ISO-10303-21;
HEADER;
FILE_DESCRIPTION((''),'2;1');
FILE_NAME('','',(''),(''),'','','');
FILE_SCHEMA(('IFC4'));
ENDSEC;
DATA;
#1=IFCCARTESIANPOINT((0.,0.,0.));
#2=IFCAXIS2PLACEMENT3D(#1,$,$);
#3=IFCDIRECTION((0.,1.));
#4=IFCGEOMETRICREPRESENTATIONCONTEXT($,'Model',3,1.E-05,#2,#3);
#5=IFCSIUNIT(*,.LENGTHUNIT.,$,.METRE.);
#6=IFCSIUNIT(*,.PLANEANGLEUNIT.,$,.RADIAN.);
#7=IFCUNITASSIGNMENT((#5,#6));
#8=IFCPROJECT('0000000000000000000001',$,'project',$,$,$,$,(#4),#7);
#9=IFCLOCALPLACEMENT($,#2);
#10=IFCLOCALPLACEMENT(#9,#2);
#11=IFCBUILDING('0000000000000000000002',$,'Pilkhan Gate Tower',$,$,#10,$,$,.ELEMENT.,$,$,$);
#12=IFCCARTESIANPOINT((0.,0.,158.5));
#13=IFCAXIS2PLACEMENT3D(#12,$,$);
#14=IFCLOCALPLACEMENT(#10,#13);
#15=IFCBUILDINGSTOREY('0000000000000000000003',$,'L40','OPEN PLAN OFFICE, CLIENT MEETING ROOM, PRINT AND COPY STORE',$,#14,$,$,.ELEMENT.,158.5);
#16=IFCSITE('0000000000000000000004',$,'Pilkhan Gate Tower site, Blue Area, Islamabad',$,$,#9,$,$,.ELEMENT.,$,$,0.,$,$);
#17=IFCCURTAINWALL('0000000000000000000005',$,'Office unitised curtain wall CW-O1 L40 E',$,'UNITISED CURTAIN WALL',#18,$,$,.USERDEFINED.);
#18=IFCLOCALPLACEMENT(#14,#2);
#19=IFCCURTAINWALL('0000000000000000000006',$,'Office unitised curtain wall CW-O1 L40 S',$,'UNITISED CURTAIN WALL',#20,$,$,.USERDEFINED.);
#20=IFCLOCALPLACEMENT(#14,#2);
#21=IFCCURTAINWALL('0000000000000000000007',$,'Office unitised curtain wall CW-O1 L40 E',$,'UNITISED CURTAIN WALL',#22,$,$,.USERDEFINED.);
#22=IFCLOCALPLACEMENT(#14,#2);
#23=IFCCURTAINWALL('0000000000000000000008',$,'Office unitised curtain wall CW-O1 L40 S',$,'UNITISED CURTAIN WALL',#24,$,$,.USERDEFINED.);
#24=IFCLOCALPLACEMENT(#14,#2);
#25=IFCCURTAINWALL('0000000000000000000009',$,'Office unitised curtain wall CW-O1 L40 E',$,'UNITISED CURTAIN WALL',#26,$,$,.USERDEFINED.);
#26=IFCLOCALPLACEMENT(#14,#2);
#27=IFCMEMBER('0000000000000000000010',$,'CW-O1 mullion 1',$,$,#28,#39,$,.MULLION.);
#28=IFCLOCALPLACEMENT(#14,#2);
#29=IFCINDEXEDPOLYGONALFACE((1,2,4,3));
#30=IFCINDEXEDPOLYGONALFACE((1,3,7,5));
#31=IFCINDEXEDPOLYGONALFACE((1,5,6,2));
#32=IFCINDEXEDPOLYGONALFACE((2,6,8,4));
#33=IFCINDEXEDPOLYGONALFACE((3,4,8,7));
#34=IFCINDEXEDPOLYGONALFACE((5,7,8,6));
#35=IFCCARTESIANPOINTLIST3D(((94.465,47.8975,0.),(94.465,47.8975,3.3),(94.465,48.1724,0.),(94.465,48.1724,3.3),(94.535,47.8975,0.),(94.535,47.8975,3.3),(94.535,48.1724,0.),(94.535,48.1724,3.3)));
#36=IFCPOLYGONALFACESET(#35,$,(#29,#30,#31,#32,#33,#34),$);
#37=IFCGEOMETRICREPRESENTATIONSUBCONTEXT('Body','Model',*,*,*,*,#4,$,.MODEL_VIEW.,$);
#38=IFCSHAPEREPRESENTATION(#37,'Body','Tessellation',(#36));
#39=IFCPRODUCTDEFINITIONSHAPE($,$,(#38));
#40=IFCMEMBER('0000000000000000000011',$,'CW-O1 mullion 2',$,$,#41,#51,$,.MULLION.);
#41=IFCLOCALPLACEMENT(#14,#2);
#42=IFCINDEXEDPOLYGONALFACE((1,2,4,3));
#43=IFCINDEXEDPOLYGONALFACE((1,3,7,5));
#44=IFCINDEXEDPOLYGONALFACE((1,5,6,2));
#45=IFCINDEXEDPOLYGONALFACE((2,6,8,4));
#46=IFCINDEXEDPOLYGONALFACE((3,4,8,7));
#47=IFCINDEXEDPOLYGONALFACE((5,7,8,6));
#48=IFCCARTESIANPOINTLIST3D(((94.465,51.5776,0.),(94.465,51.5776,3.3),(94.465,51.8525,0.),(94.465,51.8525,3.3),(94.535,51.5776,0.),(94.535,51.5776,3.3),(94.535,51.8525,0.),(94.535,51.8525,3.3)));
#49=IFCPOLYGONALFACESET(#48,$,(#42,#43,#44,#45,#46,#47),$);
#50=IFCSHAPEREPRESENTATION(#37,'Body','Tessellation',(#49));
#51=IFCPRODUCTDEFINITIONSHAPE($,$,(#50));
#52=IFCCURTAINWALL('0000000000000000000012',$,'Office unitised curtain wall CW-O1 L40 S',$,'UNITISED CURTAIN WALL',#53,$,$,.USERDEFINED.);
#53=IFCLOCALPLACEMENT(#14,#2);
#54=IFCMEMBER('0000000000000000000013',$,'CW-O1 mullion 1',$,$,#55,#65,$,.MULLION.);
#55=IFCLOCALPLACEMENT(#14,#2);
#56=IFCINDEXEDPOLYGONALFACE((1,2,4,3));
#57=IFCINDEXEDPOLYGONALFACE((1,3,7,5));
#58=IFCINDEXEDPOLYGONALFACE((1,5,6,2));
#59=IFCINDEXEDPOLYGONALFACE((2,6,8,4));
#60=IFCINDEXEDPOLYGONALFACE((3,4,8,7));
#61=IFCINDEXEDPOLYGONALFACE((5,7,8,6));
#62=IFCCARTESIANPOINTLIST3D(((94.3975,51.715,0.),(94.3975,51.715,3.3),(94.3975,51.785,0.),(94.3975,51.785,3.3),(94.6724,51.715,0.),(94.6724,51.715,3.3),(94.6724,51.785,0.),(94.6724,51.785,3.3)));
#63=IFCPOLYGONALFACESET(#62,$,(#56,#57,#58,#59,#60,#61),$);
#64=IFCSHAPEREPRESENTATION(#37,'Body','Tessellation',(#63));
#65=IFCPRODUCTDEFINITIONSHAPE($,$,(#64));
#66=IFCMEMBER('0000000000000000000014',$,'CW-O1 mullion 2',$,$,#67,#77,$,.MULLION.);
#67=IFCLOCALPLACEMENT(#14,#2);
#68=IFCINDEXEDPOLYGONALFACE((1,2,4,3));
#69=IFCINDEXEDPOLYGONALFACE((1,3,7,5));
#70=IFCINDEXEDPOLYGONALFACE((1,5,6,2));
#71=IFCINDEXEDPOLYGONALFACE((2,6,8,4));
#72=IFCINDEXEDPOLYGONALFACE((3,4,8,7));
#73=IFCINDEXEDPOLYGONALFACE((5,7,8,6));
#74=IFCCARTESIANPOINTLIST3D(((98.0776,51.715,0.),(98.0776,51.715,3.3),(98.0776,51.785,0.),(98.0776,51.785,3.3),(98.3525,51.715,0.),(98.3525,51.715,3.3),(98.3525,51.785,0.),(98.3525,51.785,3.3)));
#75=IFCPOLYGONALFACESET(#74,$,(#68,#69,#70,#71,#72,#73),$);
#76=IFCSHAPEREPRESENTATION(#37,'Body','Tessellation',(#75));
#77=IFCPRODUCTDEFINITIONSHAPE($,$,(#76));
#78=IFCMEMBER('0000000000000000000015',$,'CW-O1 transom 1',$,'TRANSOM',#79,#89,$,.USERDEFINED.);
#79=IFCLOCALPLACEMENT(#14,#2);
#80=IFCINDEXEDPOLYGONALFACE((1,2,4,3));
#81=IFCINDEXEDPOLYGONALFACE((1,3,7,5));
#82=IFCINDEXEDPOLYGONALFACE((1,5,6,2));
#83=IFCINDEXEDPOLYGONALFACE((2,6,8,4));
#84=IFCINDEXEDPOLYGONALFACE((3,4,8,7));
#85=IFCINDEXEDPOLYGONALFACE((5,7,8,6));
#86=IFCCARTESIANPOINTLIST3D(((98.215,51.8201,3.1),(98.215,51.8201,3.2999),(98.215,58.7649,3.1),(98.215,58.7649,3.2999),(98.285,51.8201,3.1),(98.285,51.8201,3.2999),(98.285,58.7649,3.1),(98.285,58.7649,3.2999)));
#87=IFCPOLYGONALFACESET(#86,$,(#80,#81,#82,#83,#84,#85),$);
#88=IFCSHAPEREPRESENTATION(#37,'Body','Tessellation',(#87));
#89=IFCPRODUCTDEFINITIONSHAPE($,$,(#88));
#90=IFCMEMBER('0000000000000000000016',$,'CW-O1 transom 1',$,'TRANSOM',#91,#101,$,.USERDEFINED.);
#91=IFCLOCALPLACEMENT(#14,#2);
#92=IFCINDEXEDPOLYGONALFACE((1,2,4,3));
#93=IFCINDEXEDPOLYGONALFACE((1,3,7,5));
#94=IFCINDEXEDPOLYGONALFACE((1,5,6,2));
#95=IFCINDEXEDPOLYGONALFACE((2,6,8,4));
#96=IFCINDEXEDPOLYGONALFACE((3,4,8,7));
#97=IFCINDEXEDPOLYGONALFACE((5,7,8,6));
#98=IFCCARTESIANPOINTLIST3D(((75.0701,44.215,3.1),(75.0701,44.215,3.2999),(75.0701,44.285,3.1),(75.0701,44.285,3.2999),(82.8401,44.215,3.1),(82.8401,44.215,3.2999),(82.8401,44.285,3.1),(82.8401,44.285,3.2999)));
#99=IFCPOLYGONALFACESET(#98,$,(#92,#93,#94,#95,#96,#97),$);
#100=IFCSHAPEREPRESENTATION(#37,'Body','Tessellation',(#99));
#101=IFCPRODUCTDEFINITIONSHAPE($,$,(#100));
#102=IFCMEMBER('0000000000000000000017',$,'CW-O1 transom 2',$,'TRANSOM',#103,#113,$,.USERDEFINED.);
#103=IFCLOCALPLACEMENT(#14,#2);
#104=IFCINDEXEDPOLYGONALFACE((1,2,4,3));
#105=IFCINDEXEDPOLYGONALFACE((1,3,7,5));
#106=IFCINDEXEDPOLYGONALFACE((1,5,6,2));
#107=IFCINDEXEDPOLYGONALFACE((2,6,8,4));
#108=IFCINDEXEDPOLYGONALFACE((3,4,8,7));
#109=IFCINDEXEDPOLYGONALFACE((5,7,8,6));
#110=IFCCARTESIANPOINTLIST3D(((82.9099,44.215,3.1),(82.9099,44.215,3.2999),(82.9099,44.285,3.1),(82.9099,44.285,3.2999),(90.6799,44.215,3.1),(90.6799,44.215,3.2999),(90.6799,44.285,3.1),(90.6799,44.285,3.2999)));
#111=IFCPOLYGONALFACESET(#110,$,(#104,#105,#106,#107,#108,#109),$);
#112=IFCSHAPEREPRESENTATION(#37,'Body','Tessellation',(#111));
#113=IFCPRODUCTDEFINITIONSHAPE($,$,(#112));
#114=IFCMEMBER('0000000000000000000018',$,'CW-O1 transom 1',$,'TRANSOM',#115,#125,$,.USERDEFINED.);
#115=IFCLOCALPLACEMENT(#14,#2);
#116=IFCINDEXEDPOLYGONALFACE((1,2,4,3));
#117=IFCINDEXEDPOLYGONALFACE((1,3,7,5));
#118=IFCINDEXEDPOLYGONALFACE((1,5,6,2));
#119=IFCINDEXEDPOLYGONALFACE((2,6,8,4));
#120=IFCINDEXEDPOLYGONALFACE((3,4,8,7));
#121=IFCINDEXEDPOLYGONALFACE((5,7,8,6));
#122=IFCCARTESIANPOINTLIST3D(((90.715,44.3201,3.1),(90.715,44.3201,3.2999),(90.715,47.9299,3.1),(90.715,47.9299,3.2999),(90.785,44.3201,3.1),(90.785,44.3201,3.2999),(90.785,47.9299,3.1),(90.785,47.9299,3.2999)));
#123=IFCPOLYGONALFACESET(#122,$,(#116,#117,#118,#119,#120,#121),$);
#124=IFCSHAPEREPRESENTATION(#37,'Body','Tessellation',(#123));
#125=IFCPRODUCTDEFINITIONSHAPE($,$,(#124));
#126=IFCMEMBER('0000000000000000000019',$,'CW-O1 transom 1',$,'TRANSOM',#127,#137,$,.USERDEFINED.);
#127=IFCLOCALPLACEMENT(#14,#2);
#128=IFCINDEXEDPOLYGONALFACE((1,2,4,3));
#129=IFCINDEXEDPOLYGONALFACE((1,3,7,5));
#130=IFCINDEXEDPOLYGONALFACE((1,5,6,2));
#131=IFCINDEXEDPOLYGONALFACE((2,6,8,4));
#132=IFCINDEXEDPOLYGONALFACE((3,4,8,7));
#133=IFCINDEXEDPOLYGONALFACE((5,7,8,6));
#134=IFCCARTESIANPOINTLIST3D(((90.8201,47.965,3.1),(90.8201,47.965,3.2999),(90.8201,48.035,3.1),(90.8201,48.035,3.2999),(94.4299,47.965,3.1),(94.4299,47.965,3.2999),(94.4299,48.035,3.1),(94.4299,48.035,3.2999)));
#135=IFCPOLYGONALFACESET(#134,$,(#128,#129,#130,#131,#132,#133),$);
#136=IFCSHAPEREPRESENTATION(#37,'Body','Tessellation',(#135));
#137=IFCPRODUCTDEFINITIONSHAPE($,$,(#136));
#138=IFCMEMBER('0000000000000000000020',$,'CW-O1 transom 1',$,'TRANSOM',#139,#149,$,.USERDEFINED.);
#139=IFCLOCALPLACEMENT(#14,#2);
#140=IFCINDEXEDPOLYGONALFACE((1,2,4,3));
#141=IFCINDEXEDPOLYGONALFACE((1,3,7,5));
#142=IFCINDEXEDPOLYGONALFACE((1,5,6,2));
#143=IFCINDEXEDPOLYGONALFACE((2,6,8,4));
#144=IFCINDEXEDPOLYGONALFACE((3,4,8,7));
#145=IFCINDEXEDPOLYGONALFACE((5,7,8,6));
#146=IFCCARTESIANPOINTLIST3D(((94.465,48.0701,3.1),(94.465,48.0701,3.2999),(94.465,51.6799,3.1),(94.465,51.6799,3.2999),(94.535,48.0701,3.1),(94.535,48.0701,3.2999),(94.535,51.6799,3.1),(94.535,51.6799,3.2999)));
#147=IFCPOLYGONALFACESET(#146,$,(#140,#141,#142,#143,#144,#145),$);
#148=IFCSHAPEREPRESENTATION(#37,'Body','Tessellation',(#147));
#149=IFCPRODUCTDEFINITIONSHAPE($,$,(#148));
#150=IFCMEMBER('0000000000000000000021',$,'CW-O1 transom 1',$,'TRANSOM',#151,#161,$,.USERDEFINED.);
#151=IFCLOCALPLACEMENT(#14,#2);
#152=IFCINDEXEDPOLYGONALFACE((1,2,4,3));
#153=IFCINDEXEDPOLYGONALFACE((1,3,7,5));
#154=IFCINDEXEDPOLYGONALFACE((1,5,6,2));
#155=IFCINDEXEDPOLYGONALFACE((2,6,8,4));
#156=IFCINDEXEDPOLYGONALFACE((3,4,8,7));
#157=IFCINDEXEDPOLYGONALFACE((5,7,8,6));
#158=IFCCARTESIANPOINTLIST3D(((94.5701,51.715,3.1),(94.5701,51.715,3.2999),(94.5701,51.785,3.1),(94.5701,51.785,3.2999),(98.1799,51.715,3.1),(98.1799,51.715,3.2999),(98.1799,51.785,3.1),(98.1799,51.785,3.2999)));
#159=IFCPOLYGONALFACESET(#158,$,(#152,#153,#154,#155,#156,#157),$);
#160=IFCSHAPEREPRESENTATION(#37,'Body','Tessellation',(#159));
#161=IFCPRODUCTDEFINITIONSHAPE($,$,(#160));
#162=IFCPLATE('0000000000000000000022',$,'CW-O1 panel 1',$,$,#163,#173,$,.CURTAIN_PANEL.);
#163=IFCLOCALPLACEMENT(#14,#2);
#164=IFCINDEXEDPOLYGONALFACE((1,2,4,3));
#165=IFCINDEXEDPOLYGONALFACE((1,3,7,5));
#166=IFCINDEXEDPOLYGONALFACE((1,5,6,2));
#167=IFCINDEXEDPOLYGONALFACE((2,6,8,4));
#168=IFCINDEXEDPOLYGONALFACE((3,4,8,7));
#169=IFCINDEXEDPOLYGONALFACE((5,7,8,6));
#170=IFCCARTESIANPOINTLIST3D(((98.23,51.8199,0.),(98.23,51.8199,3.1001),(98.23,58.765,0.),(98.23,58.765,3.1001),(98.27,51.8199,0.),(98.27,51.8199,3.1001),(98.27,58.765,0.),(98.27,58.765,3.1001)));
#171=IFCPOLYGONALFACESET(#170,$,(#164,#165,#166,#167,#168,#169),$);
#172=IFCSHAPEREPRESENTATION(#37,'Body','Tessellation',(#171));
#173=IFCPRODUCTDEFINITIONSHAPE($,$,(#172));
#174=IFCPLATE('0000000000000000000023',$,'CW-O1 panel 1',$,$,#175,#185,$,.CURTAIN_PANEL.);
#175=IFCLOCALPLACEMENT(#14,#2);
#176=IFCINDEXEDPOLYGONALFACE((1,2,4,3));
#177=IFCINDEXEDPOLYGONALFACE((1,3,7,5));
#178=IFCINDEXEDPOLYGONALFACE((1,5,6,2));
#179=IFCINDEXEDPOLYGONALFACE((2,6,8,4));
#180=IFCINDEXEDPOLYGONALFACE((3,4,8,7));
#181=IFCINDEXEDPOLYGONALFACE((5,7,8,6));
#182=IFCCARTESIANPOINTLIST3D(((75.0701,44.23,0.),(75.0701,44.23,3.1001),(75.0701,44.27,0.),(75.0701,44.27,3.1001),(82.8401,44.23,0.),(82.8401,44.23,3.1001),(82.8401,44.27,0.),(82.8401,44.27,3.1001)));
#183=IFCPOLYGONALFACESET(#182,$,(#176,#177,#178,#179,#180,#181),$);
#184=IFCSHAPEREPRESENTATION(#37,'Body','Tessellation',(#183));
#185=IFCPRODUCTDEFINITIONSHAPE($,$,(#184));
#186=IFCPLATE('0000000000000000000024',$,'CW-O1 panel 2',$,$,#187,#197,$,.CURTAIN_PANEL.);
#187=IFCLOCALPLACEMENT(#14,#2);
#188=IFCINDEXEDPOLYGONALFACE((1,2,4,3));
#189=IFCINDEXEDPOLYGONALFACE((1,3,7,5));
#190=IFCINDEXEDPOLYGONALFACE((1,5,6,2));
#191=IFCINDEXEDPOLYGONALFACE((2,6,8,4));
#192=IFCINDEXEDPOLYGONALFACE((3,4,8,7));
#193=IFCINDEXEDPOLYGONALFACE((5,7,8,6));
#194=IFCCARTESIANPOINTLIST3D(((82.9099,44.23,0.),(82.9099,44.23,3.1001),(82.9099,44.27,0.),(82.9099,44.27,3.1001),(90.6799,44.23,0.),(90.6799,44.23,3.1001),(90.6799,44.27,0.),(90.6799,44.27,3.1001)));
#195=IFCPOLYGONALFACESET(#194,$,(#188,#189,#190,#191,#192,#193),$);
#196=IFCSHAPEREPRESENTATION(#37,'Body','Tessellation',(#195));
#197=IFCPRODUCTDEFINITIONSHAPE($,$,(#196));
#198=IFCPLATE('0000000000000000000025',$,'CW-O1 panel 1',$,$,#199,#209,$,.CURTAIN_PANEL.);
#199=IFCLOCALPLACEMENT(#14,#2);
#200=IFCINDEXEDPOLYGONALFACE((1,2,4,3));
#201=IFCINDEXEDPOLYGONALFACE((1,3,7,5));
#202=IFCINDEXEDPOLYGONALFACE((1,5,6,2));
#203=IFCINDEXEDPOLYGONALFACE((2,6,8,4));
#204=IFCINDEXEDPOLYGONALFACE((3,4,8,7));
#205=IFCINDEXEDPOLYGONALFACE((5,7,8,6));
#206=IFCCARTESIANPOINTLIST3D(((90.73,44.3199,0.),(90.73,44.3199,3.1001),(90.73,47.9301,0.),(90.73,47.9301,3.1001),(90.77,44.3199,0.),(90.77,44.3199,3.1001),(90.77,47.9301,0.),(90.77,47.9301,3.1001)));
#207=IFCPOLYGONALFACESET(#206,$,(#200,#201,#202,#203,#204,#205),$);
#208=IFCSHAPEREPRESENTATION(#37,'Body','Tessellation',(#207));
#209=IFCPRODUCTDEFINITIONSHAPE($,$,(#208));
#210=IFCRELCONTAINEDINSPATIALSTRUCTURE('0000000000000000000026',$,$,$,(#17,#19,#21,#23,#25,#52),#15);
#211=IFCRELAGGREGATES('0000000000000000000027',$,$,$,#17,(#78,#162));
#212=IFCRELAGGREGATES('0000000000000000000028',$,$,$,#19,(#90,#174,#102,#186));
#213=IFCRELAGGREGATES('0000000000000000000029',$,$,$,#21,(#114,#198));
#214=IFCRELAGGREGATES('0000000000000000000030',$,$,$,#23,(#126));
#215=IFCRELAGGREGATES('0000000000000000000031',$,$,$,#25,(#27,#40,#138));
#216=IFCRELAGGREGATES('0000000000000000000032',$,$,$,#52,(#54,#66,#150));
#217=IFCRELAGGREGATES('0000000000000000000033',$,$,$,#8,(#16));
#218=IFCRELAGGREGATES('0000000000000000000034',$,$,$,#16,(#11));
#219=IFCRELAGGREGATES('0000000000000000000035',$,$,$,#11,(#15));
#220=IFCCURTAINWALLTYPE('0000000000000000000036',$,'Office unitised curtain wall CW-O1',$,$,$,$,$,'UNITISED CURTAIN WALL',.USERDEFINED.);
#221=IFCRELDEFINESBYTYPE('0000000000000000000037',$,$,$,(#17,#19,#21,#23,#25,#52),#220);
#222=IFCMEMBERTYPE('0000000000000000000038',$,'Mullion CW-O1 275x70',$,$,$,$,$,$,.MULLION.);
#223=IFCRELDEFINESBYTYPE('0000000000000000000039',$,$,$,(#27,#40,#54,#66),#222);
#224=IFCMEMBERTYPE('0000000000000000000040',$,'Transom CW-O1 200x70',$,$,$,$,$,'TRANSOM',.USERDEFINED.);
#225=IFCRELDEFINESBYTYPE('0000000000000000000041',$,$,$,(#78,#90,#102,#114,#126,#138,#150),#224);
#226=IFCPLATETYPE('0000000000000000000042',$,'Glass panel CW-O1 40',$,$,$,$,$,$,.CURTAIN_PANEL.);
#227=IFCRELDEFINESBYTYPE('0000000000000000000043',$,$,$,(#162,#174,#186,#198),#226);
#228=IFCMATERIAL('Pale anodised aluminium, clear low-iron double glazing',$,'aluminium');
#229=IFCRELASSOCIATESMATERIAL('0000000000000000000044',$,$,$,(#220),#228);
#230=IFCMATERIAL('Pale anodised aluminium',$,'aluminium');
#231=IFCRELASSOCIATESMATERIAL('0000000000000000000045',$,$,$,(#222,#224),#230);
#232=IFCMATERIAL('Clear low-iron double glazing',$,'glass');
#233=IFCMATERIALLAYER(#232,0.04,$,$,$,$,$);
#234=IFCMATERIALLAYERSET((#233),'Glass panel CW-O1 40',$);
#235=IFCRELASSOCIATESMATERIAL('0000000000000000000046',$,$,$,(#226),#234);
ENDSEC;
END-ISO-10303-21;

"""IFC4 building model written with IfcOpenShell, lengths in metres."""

from ifc_helpers import new_model, si_unit, direction, frame, origin, origin_2d, place, context, subcontext, project, spatial, rectangle, extrude, material, layer, layer_set, material_profile, profile_set, type_object, element, aggregate, save


model = new_model("IFC4")

# Units and contexts
model_context = context("Model", 3, precision=1e-05, world=origin(), true_north=direction((0.0, 1.0)))
body_context = subcontext(model_context, "Body", "Model", "MODEL_VIEW")
ifc_project = project(units=[si_unit("LENGTHUNIT", "METRE"), si_unit("PLANEANGLEUNIT", "RADIAN")], contexts=[model_context])

# Site, building, storey
site_placement = place(None, origin())
site = spatial("IfcSite", under=ifc_project, at=site_placement, Name="Pilkhan Gate Tower site, Blue Area, Islamabad", CompositionType="ELEMENT", RefElevation=0.0)
building_placement = place(site_placement, origin())
building = spatial("IfcBuilding", under=site, at=building_placement, Name="Pilkhan Gate Tower", CompositionType="ELEMENT")
storey_placement = place(building_placement, frame((0.0, 0.0, 158.5)))
storey = spatial("IfcBuildingStorey", under=building, at=storey_placement, Name="L40", Description="OPEN PLAN OFFICE, CLIENT MEETING ROOM, PRINT AND COPY STORE", CompositionType="ELEMENT", Elevation=158.5)

# Curtain wall
ifc_material_1 = material(Name="Pale anodised aluminium, clear low-iron double glazing", Category="aluminium")
curtain_wall_type = type_object("IfcCurtainWallType", Name="Office unitised curtain wall CW-O1", ElementType="UNITISED CURTAIN WALL", PredefinedType="USERDEFINED", material=ifc_material_1)
curtain_wall_1_placement = place(storey_placement, origin())
curtain_wall_1 = element("IfcCurtainWall", 1, at=curtain_wall_1_placement, inside=storey, type_object=curtain_wall_type, Name="Office unitised curtain wall CW-O1 L40 E", ObjectType="UNITISED CURTAIN WALL", PredefinedType="USERDEFINED")
ifc_material_2 = material(Name="Pale anodised aluminium", Category="aluminium")
ifc_material_profile_1 = material_profile(ifc_material_2, rectangle(XDim=0.0701, YDim=0.2749, at=origin_2d()), Name="Mullion 275x70")
ifc_profile_set_1 = profile_set([ifc_material_profile_1], Name="Pale anodised aluminium")
member_type_1 = type_object("IfcMemberType", Name="Mullion CW-O1 275x70", PredefinedType="MULLION", material=ifc_profile_set_1)

# Curtain walls, members
curtain_wall_2_placement = place(storey_placement, origin())
curtain_wall_2 = element("IfcCurtainWall", 2, at=curtain_wall_2_placement, inside=storey, type_object=curtain_wall_type, Name="Office unitised curtain wall CW-O1 L40 S", ObjectType="UNITISED CURTAIN WALL", PredefinedType="USERDEFINED")
curtain_wall_3_placement = place(storey_placement, origin())
curtain_wall_3 = element("IfcCurtainWall", 3, at=curtain_wall_3_placement, inside=storey, type_object=curtain_wall_type, Name="Office unitised curtain wall CW-O1 L40 E", ObjectType="UNITISED CURTAIN WALL", PredefinedType="USERDEFINED")
curtain_wall_4_placement = place(storey_placement, origin())
curtain_wall_4 = element("IfcCurtainWall", 4, at=curtain_wall_4_placement, inside=storey, type_object=curtain_wall_type, Name="Office unitised curtain wall CW-O1 L40 S", ObjectType="UNITISED CURTAIN WALL", PredefinedType="USERDEFINED")
curtain_wall_5_placement = place(storey_placement, origin())
curtain_wall_5 = element("IfcCurtainWall", 5, at=curtain_wall_5_placement, inside=storey, type_object=curtain_wall_type, Name="Office unitised curtain wall CW-O1 L40 E", ObjectType="UNITISED CURTAIN WALL", PredefinedType="USERDEFINED")
member_1_placement = place(storey_placement, frame((94.5, 48.0349, 0.0), z_axis=(0.0, 0.0, 1.0), x_axis=(-1.0, 0.0, 0.0)))
member_1 = element("IfcMember", 6, at=member_1_placement, type_object=member_type_1, Name="CW-O1 mullion 1", PredefinedType="MULLION", context=body_context, shape_type="SweptSolid", body=[
    extrude(rectangle(XDim=0.0701, YDim=0.2749, at=origin_2d()), origin(), (0.0, 0.0, 1.0), 3.3),
])
member_2_placement = place(storey_placement, frame((94.5, 51.7151, 0.0), z_axis=(0.0, 0.0, 1.0), x_axis=(-1.0, 0.0, 0.0)))
member_2 = element("IfcMember", 7, at=member_2_placement, type_object=member_type_1, Name="CW-O1 mullion 2", PredefinedType="MULLION", context=body_context, shape_type="SweptSolid", body=[
    extrude(rectangle(XDim=0.0701, YDim=0.2749, at=origin_2d()), origin(), (0.0, 0.0, 1.0), 3.3),
])
curtain_wall_6_placement = place(storey_placement, origin())
curtain_wall_6 = element("IfcCurtainWall", 8, at=curtain_wall_6_placement, inside=storey, type_object=curtain_wall_type, Name="Office unitised curtain wall CW-O1 L40 S", ObjectType="UNITISED CURTAIN WALL", PredefinedType="USERDEFINED")
member_3_placement = place(storey_placement, frame((94.5349, 51.75, 0.0), z_axis=(0.0, 0.0, 1.0), x_axis=(0.0, 1.0, 0.0)))
member_3 = element("IfcMember", 9, at=member_3_placement, type_object=member_type_1, Name="CW-O1 mullion 1", PredefinedType="MULLION", context=body_context, shape_type="SweptSolid", body=[
    extrude(rectangle(XDim=0.0701, YDim=0.2749, at=origin_2d()), origin(), (0.0, 0.0, 1.0), 3.3),
])
member_4_placement = place(storey_placement, frame((98.2151, 51.75, 0.0), z_axis=(0.0, 0.0, 1.0), x_axis=(0.0, 1.0, 0.0)))
member_4 = element("IfcMember", 10, at=member_4_placement, type_object=member_type_1, Name="CW-O1 mullion 2", PredefinedType="MULLION", context=body_context, shape_type="SweptSolid", body=[
    extrude(rectangle(XDim=0.0701, YDim=0.2749, at=origin_2d()), origin(), (0.0, 0.0, 1.0), 3.3),
])

# Members
ifc_material_profile_2 = material_profile(ifc_material_2, rectangle(XDim=0.0701, YDim=0.2, at=origin_2d()), Name="Transom 200x70")
ifc_profile_set_2 = profile_set([ifc_material_profile_2], Name="Pale anodised aluminium")
member_type_2 = type_object("IfcMemberType", Name="Transom CW-O1 200x70", ElementType="TRANSOM", PredefinedType="USERDEFINED", material=ifc_profile_set_2)
member_5_placement = place(storey_placement, frame((98.25, 51.8201, 3.2), z_axis=(0.0, 1.0, 0.0), x_axis=(-1.0, 0.0, 0.0)))
member_5 = element("IfcMember", 11, at=member_5_placement, type_object=member_type_2, Name="CW-O1 transom 1", ObjectType="TRANSOM", PredefinedType="USERDEFINED", context=body_context, shape_type="SweptSolid", body=[
    extrude(rectangle(XDim=0.0701, YDim=0.2, at=origin_2d()), origin(), (0.0, 0.0, 1.0), 6.9448),
])
member_6_placement = place(storey_placement, frame((75.0701, 44.25, 3.2), z_axis=(1.0, 0.0, 0.0), x_axis=(0.0, 1.0, 0.0)))
member_6 = element("IfcMember", 12, at=member_6_placement, type_object=member_type_2, Name="CW-O1 transom 1", ObjectType="TRANSOM", PredefinedType="USERDEFINED", context=body_context, shape_type="SweptSolid", body=[
    extrude(rectangle(XDim=0.0701, YDim=0.2, at=origin_2d()), origin(), (0.0, 0.0, 1.0), 7.77),
])
member_7_placement = place(storey_placement, frame((82.9099, 44.25, 3.2), z_axis=(1.0, 0.0, 0.0), x_axis=(0.0, 1.0, 0.0)))
member_7 = element("IfcMember", 13, at=member_7_placement, type_object=member_type_2, Name="CW-O1 transom 2", ObjectType="TRANSOM", PredefinedType="USERDEFINED", context=body_context, shape_type="SweptSolid", body=[
    extrude(rectangle(XDim=0.0701, YDim=0.2, at=origin_2d()), origin(), (0.0, 0.0, 1.0), 7.77),
])
member_8_placement = place(storey_placement, frame((90.75, 44.3201, 3.2), z_axis=(0.0, 1.0, 0.0), x_axis=(-1.0, 0.0, 0.0)))
member_8 = element("IfcMember", 14, at=member_8_placement, type_object=member_type_2, Name="CW-O1 transom 1", ObjectType="TRANSOM", PredefinedType="USERDEFINED", context=body_context, shape_type="SweptSolid", body=[
    extrude(rectangle(XDim=0.0701, YDim=0.2, at=origin_2d()), origin(), (0.0, 0.0, 1.0), 3.6099),
])
member_9_placement = place(storey_placement, frame((90.8201, 48.0, 3.2), z_axis=(1.0, 0.0, 0.0), x_axis=(0.0, 1.0, 0.0)))
member_9 = element("IfcMember", 15, at=member_9_placement, type_object=member_type_2, Name="CW-O1 transom 1", ObjectType="TRANSOM", PredefinedType="USERDEFINED", context=body_context, shape_type="SweptSolid", body=[
    extrude(rectangle(XDim=0.0701, YDim=0.2, at=origin_2d()), origin(), (0.0, 0.0, 1.0), 3.6099),
])
member_10_placement = place(storey_placement, frame((94.5, 48.0701, 3.2), z_axis=(0.0, 1.0, 0.0), x_axis=(-1.0, 0.0, 0.0)))
member_10 = element("IfcMember", 16, at=member_10_placement, type_object=member_type_2, Name="CW-O1 transom 1", ObjectType="TRANSOM", PredefinedType="USERDEFINED", context=body_context, shape_type="SweptSolid", body=[
    extrude(rectangle(XDim=0.0701, YDim=0.2, at=origin_2d()), origin(), (0.0, 0.0, 1.0), 3.6099),
])
member_11_placement = place(storey_placement, frame((94.5701, 51.75, 3.2), z_axis=(1.0, 0.0, 0.0), x_axis=(0.0, 1.0, 0.0)))
member_11 = element("IfcMember", 17, at=member_11_placement, type_object=member_type_2, Name="CW-O1 transom 1", ObjectType="TRANSOM", PredefinedType="USERDEFINED", context=body_context, shape_type="SweptSolid", body=[
    extrude(rectangle(XDim=0.0701, YDim=0.2, at=origin_2d()), origin(), (0.0, 0.0, 1.0), 3.6099),
])

# Plates
ifc_material_3 = material(Name="Clear low-iron double glazing", Category="glass")
ifc_layer_1 = layer(ifc_material_3, 0.04)
ifc_layer_set_1 = layer_set([ifc_layer_1], Name="Glass panel CW-O1 40")
plate_type = type_object("IfcPlateType", Name="Glass panel CW-O1 40", PredefinedType="CURTAIN_PANEL", material=ifc_layer_set_1)
plate_1_placement = place(storey_placement, frame((98.25, 55.2925, 0.0), z_axis=(0.0, 0.0, 1.0), x_axis=(0.0, 1.0, 0.0)))
plate_1 = element("IfcPlate", 18, at=plate_1_placement, type_object=plate_type, Name="CW-O1 panel 1", PredefinedType="CURTAIN_PANEL", context=body_context, shape_type="SweptSolid", body=[
    extrude(rectangle(XDim=6.9451, YDim=0.04, at=origin_2d()), origin(), (0.0, 0.0, 1.0), 3.1001),
])
aggregate(curtain_wall_1, [member_5, plate_1])
plate_2_placement = place(storey_placement, frame((78.9551, 44.25, 0.0), z_axis=(0.0, 0.0, 1.0), x_axis=(1.0, 0.0, 0.0)))
plate_2 = element("IfcPlate", 19, at=plate_2_placement, type_object=plate_type, Name="CW-O1 panel 1", PredefinedType="CURTAIN_PANEL", context=body_context, shape_type="SweptSolid", body=[
    extrude(rectangle(XDim=7.77, YDim=0.04, at=origin_2d()), origin(), (0.0, 0.0, 1.0), 3.1001),
])
plate_3_placement = place(storey_placement, frame((86.7949, 44.25, 0.0), z_axis=(0.0, 0.0, 1.0), x_axis=(1.0, 0.0, 0.0)))
plate_3 = element("IfcPlate", 20, at=plate_3_placement, type_object=plate_type, Name="CW-O1 panel 2", PredefinedType="CURTAIN_PANEL", context=body_context, shape_type="SweptSolid", body=[
    extrude(rectangle(XDim=7.77, YDim=0.04, at=origin_2d()), origin(), (0.0, 0.0, 1.0), 3.1001),
])
aggregate(curtain_wall_2, [member_6, plate_2, member_7, plate_3])
plate_4_placement = place(storey_placement, frame((90.75, 46.125, 0.0), z_axis=(0.0, 0.0, 1.0), x_axis=(0.0, 1.0, 0.0)))
plate_4 = element("IfcPlate", 21, at=plate_4_placement, type_object=plate_type, Name="CW-O1 panel 1", PredefinedType="CURTAIN_PANEL", context=body_context, shape_type="SweptSolid", body=[
    extrude(rectangle(XDim=3.6101, YDim=0.04, at=origin_2d()), origin(), (0.0, 0.0, 1.0), 3.1001),
])
aggregate(curtain_wall_3, [member_8, plate_4])
aggregate(curtain_wall_4, [member_9])
aggregate(curtain_wall_5, [member_1, member_2, member_10])
aggregate(curtain_wall_6, [member_3, member_4, member_11])

save(model, "model.ifc")
